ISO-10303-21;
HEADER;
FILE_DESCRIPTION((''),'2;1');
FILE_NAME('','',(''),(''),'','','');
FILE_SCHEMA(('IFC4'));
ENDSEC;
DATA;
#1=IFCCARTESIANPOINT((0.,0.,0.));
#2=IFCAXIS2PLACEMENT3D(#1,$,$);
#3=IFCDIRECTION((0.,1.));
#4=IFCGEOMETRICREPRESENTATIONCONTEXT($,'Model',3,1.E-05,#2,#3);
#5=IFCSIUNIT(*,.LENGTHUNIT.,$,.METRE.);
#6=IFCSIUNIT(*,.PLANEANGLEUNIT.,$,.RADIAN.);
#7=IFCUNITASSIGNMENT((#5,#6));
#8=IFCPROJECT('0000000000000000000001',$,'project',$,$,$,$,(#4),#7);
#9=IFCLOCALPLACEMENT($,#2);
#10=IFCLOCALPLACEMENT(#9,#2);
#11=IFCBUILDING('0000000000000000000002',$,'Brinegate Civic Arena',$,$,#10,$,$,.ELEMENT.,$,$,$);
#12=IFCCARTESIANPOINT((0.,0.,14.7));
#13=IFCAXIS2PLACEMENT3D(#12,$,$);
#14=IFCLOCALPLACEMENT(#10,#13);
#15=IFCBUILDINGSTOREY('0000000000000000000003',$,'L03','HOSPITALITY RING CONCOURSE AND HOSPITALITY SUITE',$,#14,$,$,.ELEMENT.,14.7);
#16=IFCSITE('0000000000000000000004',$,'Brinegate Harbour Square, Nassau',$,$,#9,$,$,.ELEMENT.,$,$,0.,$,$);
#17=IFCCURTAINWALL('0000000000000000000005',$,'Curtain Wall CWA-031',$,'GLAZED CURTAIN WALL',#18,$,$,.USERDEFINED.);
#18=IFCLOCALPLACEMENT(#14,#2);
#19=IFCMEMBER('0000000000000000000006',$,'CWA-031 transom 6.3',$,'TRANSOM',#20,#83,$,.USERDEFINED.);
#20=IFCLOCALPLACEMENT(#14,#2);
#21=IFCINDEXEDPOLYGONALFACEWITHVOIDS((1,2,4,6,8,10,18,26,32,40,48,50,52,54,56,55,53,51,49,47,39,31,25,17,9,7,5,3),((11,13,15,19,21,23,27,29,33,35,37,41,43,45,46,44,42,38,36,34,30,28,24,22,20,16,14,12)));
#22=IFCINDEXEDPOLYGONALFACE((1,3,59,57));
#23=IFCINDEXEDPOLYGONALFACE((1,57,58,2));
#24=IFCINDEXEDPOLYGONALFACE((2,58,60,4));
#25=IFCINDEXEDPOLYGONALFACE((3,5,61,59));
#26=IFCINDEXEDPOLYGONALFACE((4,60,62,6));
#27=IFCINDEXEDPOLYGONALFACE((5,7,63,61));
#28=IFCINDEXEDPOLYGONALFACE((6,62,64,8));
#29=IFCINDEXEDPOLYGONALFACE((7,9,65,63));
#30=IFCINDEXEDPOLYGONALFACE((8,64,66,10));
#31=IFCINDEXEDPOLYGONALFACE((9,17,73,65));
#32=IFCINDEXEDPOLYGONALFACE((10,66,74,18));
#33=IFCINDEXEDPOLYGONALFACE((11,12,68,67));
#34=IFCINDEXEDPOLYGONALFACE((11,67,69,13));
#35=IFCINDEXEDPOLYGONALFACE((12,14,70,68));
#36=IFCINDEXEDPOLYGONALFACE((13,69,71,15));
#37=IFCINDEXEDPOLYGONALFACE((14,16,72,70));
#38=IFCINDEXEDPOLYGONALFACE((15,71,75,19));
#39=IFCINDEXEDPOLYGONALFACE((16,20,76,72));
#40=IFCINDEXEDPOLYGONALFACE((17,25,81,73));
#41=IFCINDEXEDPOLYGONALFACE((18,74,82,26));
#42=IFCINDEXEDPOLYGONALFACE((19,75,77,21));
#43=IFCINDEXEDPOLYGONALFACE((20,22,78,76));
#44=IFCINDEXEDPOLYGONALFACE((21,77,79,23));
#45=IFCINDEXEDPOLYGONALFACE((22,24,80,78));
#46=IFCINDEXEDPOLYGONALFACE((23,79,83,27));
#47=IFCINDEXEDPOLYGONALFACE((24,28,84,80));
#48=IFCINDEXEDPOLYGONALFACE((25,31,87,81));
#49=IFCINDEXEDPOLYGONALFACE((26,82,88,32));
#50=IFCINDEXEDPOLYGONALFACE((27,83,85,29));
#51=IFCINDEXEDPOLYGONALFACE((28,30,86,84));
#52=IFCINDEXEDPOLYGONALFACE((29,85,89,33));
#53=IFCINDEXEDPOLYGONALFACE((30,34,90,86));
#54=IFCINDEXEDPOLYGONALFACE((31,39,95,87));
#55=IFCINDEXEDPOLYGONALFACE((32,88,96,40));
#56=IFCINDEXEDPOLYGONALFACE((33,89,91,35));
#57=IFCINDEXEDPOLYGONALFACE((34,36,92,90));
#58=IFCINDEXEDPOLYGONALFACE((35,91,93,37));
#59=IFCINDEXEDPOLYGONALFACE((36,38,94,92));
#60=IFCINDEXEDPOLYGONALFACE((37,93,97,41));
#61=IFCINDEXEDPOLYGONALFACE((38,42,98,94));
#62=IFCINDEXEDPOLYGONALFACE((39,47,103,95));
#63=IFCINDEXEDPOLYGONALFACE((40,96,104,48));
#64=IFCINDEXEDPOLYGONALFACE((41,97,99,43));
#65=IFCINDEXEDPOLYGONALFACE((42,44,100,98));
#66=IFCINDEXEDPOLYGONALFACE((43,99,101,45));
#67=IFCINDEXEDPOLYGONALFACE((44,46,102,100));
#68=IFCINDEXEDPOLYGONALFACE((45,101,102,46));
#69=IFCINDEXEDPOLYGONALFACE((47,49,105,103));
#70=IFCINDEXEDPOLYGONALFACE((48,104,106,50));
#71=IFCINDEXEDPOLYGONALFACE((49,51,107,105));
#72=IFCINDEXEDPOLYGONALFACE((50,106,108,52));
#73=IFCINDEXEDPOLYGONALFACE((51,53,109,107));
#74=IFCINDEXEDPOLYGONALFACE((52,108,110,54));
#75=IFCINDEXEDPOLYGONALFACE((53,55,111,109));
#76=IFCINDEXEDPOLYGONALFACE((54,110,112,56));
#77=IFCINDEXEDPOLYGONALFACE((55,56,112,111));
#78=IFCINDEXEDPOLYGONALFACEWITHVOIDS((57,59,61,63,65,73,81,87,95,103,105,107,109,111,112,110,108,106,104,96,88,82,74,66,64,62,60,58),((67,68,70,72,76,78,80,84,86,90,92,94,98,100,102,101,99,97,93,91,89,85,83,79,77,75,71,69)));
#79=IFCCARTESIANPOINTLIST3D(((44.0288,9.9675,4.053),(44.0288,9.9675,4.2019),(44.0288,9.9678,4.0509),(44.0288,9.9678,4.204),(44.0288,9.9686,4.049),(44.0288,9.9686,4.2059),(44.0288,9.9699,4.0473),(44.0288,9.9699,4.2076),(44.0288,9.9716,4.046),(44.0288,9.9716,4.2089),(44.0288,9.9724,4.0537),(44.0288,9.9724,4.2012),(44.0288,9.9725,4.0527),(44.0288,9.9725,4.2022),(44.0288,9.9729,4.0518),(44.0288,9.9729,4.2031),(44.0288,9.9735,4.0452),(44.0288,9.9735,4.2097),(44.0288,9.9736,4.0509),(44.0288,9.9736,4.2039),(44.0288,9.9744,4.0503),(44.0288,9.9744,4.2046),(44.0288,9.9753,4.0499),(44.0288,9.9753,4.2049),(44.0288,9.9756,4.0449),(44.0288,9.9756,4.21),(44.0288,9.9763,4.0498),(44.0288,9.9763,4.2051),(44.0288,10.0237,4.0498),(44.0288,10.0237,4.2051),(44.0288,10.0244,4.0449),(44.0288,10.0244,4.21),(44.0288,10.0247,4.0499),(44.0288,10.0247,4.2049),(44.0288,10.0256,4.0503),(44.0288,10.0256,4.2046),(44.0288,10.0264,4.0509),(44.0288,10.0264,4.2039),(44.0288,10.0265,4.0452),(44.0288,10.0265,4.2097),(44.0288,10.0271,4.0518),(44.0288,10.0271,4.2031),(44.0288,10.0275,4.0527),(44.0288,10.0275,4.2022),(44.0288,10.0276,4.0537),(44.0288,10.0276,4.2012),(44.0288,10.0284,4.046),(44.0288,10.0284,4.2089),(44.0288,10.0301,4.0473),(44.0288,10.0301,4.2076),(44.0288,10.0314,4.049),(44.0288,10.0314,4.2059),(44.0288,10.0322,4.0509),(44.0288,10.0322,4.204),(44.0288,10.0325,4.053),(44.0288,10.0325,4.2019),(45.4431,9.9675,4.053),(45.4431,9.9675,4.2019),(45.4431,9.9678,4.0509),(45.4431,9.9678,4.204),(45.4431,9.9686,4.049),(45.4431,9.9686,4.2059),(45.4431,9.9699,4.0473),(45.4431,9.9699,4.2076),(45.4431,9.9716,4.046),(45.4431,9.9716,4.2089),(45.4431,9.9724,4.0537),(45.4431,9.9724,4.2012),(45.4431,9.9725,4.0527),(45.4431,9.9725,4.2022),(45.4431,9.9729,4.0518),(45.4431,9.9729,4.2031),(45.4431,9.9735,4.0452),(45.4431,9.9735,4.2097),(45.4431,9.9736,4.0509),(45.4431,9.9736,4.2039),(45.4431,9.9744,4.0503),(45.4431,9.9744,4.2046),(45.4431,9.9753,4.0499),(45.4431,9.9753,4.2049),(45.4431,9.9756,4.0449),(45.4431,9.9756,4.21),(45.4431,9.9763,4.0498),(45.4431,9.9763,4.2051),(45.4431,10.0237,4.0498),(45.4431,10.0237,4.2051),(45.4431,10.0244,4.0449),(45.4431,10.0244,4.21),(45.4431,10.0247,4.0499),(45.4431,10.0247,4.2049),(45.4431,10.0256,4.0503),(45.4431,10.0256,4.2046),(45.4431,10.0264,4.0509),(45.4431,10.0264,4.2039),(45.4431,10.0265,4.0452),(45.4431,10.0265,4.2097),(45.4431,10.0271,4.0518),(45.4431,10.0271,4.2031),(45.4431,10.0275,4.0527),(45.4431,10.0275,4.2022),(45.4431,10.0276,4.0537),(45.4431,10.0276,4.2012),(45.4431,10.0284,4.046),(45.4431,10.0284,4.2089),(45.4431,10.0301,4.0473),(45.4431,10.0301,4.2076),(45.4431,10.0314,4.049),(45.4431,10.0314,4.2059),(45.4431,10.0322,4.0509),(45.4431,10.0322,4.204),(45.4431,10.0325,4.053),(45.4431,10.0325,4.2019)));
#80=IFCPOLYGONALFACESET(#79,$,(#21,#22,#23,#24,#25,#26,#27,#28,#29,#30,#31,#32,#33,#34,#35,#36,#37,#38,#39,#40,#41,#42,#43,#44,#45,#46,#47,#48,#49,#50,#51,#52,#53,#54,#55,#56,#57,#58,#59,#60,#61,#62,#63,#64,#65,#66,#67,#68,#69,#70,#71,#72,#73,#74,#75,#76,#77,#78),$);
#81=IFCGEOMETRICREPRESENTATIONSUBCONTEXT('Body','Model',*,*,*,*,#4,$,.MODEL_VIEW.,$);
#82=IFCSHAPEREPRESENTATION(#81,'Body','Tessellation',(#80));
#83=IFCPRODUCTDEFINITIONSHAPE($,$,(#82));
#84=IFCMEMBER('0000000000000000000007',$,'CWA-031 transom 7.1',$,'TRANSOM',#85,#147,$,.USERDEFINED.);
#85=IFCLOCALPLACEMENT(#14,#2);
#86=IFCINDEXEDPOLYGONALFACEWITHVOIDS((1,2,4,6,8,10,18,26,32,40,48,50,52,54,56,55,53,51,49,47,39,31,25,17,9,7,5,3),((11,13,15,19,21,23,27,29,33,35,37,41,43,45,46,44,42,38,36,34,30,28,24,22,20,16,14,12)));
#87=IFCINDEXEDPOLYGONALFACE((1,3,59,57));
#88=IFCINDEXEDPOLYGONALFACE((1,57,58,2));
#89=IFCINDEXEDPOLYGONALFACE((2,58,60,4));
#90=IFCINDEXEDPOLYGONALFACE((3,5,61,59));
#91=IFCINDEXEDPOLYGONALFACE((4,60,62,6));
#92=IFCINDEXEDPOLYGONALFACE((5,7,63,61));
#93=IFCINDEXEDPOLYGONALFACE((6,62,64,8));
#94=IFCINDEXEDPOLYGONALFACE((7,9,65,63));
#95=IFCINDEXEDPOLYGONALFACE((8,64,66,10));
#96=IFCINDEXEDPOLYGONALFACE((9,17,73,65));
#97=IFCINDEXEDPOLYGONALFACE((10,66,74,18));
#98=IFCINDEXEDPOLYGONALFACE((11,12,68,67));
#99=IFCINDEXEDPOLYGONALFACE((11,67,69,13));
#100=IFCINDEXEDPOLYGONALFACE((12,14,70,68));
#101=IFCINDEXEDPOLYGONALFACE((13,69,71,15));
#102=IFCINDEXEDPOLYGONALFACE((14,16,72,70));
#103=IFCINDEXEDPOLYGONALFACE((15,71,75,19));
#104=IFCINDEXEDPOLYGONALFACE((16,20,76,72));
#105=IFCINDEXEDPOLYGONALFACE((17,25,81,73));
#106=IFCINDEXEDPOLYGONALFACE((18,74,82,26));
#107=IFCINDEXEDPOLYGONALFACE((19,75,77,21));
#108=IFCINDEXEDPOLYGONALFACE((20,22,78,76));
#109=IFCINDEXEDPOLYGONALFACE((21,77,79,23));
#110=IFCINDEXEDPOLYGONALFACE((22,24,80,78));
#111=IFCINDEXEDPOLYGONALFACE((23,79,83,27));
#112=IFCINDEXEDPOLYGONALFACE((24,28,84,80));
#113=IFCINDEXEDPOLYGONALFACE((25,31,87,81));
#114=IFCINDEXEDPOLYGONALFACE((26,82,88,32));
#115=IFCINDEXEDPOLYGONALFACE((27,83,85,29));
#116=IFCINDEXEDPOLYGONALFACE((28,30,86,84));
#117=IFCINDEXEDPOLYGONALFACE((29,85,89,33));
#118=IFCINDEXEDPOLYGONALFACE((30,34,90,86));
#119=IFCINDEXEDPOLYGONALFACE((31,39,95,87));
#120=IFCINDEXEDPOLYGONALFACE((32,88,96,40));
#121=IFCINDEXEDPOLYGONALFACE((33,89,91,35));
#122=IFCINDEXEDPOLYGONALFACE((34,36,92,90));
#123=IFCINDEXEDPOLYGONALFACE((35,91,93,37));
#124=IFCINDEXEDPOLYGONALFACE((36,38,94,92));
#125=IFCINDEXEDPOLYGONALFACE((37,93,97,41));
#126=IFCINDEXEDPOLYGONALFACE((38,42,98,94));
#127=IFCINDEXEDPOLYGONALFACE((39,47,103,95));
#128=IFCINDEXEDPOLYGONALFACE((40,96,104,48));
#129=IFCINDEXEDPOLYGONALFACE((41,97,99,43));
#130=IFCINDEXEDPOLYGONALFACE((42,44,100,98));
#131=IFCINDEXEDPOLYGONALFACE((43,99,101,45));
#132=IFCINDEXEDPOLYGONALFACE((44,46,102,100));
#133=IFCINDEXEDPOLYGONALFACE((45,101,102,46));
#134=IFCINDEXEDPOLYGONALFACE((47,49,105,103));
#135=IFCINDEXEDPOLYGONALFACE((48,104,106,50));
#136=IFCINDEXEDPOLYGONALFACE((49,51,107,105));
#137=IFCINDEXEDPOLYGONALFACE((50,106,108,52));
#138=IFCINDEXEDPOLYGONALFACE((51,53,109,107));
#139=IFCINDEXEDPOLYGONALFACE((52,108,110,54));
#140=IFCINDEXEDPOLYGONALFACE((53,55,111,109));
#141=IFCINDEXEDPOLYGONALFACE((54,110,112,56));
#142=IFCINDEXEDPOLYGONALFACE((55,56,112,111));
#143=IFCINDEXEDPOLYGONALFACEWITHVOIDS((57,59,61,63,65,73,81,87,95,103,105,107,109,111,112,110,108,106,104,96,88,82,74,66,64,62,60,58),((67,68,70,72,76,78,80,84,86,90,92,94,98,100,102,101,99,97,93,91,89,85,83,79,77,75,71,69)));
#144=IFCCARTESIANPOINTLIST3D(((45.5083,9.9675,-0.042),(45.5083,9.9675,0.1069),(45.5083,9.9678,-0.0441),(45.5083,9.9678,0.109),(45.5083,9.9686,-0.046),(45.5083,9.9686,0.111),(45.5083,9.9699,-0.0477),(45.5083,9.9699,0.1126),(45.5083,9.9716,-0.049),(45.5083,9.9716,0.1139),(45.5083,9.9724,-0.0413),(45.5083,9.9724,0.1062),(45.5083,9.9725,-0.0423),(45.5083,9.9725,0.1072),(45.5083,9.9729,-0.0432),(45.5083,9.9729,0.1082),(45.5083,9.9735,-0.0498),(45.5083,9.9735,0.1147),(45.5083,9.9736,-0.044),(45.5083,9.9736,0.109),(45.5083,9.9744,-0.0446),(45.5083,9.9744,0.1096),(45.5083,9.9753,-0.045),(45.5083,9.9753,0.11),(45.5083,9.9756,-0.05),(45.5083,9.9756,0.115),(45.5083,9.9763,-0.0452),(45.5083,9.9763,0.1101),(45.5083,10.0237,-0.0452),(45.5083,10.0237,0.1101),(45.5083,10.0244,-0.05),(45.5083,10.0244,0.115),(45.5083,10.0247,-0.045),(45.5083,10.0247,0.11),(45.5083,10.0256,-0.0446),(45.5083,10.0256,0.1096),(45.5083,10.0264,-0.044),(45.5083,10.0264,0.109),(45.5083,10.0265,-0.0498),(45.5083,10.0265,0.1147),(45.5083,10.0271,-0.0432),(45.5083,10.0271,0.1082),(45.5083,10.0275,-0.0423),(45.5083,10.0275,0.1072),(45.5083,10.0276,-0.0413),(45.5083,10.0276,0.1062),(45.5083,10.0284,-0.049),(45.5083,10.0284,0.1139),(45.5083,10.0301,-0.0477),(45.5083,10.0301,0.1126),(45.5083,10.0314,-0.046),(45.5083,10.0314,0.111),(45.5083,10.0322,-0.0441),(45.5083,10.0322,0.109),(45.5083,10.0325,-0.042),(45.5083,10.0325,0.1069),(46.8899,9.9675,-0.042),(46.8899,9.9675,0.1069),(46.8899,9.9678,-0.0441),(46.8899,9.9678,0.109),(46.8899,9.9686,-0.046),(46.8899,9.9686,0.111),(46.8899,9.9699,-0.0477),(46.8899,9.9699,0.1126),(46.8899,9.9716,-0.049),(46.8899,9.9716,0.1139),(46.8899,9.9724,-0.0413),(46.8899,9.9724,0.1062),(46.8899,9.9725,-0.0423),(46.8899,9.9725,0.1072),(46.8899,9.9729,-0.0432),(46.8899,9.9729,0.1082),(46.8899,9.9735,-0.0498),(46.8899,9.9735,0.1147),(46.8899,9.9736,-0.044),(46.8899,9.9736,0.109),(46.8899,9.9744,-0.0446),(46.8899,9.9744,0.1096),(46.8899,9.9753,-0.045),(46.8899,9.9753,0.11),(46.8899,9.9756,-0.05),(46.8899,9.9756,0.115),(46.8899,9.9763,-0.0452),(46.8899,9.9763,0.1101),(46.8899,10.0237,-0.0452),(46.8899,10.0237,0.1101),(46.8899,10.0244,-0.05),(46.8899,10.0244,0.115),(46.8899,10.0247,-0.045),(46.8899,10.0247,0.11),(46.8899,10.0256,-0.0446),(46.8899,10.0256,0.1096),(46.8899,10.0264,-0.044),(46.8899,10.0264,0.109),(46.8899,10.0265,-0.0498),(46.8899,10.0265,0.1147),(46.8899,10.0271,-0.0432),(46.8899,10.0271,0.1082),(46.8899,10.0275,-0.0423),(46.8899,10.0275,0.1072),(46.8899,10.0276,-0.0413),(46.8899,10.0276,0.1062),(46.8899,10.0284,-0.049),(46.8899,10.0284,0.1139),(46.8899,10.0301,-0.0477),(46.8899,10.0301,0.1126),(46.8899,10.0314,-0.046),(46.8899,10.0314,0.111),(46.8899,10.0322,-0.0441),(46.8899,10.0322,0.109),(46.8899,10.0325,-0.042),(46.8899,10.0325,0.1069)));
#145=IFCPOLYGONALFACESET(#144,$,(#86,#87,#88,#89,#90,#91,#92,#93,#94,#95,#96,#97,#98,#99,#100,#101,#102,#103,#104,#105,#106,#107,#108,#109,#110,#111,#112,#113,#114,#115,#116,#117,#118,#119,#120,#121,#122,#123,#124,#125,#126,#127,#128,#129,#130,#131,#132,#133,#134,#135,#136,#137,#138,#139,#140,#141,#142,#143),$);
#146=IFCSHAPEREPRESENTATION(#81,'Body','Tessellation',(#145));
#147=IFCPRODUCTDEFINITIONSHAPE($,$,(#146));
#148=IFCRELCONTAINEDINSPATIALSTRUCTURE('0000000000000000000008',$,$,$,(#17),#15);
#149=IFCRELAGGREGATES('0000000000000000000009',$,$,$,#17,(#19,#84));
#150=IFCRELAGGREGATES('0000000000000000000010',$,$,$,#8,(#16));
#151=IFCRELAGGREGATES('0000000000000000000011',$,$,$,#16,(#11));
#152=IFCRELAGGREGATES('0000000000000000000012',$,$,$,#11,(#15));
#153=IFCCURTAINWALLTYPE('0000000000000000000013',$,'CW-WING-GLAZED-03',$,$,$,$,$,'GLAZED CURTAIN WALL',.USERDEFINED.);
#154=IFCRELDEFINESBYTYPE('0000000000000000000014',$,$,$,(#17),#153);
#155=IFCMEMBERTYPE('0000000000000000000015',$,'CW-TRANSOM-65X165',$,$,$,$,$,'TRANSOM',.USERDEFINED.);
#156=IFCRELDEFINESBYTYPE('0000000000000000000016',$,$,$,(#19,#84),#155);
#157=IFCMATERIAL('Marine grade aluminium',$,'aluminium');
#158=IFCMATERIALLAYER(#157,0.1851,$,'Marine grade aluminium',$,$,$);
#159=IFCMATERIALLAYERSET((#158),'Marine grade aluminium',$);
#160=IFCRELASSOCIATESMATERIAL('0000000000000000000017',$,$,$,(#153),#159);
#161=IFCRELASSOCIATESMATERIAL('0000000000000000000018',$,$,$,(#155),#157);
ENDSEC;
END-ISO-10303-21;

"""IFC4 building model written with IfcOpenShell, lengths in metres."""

from ifc_helpers import new_model, si_unit, direction, frame, origin, origin_2d, place, context, subcontext, project, spatial, hollow_rectangle, extrude, material, layer, layer_set, material_profile, profile_set, type_object, element, aggregate, save


model = new_model("IFC4")

# Units and contexts
model_context = context("Model", 3, precision=1e-05, world=origin(), true_north=direction((0.0, 1.0)))
body_context = subcontext(model_context, "Body", "Model", "MODEL_VIEW")
ifc_project = project(units=[si_unit("LENGTHUNIT", "METRE"), si_unit("PLANEANGLEUNIT", "RADIAN")], contexts=[model_context])

# Site, building, storey
site_placement = place(None, origin())
site = spatial("IfcSite", under=ifc_project, at=site_placement, Name="Brinegate Harbour Square, Nassau", CompositionType="ELEMENT", RefElevation=0.0)
building_placement = place(site_placement, origin())
building = spatial("IfcBuilding", under=site, at=building_placement, Name="Brinegate Civic Arena", CompositionType="ELEMENT")
storey_placement = place(building_placement, frame((0.0, 0.0, 14.7)))
storey = spatial("IfcBuildingStorey", under=building, at=storey_placement, Name="L03", Description="HOSPITALITY RING CONCOURSE AND HOSPITALITY SUITE", CompositionType="ELEMENT", Elevation=14.7)

# Curtain wall
ifc_material_1 = material(Name="Marine grade aluminium", Category="aluminium")
ifc_layer_1 = layer(ifc_material_1, 0.1851, Name="Marine grade aluminium")
ifc_layer_set_1 = layer_set([ifc_layer_1], Name="Marine grade aluminium")
curtain_wall_type_1 = type_object("IfcCurtainWallType", Name="CW-WING-GLAZED-03", ElementType="GLAZED CURTAIN WALL", PredefinedType="USERDEFINED", material=ifc_layer_set_1)
curtain_wall_1_placement = place(storey_placement, origin())
curtain_wall_1 = element("IfcCurtainWall", 1, at=curtain_wall_1_placement, inside=storey, type_object=curtain_wall_type_1, Name="Curtain Wall CWA-031", ObjectType="GLAZED CURTAIN WALL", PredefinedType="USERDEFINED")

# Members
ifc_material_profile_1 = material_profile(ifc_material_1, hollow_rectangle(XDim=0.0649, YDim=0.165, WallThickness=0.0049, InnerFilletRadius=0.0039, OuterFilletRadius=0.0081, at=origin_2d()), Name="TRN65X165")
ifc_profile_set_1 = profile_set([ifc_material_profile_1], Name="Marine grade aluminium")
member_type_1 = type_object("IfcMemberType", Name="CW-TRANSOM-65X165", ElementType="TRANSOM", PredefinedType="USERDEFINED", material=ifc_profile_set_1)
member_1_placement = place(storey_placement, frame((44.0288, 10.0, 4.1274), z_axis=(1.0, 0.0, 0.0), x_axis=(0.0, 1.0, 0.0)))
member_1 = element("IfcMember", 2, at=member_1_placement, type_object=member_type_1, Name="CWA-031 transom 6.3", ObjectType="TRANSOM", PredefinedType="USERDEFINED", context=body_context, shape_type="SweptSolid", body=[
    extrude(hollow_rectangle(XDim=0.0649, YDim=0.165, WallThickness=0.0049, InnerFilletRadius=0.0039, OuterFilletRadius=0.0081, at=origin_2d()), origin(), (0.0, 0.0, 1.0), 1.4143),
])
member_2_placement = place(storey_placement, frame((45.5083, 10.0, 0.0325), z_axis=(1.0, 0.0, 0.0), x_axis=(0.0, 1.0, 0.0)))
member_2 = element("IfcMember", 3, at=member_2_placement, type_object=member_type_1, Name="CWA-031 transom 7.1", ObjectType="TRANSOM", PredefinedType="USERDEFINED", context=body_context, shape_type="SweptSolid", body=[
    extrude(hollow_rectangle(XDim=0.0649, YDim=0.165, WallThickness=0.0049, InnerFilletRadius=0.0039, OuterFilletRadius=0.0081, at=origin_2d()), origin(), (0.0, 0.0, 1.0), 1.3816),
])

aggregate(curtain_wall_1, [member_1, member_2])

save(model, "model.ifc")
